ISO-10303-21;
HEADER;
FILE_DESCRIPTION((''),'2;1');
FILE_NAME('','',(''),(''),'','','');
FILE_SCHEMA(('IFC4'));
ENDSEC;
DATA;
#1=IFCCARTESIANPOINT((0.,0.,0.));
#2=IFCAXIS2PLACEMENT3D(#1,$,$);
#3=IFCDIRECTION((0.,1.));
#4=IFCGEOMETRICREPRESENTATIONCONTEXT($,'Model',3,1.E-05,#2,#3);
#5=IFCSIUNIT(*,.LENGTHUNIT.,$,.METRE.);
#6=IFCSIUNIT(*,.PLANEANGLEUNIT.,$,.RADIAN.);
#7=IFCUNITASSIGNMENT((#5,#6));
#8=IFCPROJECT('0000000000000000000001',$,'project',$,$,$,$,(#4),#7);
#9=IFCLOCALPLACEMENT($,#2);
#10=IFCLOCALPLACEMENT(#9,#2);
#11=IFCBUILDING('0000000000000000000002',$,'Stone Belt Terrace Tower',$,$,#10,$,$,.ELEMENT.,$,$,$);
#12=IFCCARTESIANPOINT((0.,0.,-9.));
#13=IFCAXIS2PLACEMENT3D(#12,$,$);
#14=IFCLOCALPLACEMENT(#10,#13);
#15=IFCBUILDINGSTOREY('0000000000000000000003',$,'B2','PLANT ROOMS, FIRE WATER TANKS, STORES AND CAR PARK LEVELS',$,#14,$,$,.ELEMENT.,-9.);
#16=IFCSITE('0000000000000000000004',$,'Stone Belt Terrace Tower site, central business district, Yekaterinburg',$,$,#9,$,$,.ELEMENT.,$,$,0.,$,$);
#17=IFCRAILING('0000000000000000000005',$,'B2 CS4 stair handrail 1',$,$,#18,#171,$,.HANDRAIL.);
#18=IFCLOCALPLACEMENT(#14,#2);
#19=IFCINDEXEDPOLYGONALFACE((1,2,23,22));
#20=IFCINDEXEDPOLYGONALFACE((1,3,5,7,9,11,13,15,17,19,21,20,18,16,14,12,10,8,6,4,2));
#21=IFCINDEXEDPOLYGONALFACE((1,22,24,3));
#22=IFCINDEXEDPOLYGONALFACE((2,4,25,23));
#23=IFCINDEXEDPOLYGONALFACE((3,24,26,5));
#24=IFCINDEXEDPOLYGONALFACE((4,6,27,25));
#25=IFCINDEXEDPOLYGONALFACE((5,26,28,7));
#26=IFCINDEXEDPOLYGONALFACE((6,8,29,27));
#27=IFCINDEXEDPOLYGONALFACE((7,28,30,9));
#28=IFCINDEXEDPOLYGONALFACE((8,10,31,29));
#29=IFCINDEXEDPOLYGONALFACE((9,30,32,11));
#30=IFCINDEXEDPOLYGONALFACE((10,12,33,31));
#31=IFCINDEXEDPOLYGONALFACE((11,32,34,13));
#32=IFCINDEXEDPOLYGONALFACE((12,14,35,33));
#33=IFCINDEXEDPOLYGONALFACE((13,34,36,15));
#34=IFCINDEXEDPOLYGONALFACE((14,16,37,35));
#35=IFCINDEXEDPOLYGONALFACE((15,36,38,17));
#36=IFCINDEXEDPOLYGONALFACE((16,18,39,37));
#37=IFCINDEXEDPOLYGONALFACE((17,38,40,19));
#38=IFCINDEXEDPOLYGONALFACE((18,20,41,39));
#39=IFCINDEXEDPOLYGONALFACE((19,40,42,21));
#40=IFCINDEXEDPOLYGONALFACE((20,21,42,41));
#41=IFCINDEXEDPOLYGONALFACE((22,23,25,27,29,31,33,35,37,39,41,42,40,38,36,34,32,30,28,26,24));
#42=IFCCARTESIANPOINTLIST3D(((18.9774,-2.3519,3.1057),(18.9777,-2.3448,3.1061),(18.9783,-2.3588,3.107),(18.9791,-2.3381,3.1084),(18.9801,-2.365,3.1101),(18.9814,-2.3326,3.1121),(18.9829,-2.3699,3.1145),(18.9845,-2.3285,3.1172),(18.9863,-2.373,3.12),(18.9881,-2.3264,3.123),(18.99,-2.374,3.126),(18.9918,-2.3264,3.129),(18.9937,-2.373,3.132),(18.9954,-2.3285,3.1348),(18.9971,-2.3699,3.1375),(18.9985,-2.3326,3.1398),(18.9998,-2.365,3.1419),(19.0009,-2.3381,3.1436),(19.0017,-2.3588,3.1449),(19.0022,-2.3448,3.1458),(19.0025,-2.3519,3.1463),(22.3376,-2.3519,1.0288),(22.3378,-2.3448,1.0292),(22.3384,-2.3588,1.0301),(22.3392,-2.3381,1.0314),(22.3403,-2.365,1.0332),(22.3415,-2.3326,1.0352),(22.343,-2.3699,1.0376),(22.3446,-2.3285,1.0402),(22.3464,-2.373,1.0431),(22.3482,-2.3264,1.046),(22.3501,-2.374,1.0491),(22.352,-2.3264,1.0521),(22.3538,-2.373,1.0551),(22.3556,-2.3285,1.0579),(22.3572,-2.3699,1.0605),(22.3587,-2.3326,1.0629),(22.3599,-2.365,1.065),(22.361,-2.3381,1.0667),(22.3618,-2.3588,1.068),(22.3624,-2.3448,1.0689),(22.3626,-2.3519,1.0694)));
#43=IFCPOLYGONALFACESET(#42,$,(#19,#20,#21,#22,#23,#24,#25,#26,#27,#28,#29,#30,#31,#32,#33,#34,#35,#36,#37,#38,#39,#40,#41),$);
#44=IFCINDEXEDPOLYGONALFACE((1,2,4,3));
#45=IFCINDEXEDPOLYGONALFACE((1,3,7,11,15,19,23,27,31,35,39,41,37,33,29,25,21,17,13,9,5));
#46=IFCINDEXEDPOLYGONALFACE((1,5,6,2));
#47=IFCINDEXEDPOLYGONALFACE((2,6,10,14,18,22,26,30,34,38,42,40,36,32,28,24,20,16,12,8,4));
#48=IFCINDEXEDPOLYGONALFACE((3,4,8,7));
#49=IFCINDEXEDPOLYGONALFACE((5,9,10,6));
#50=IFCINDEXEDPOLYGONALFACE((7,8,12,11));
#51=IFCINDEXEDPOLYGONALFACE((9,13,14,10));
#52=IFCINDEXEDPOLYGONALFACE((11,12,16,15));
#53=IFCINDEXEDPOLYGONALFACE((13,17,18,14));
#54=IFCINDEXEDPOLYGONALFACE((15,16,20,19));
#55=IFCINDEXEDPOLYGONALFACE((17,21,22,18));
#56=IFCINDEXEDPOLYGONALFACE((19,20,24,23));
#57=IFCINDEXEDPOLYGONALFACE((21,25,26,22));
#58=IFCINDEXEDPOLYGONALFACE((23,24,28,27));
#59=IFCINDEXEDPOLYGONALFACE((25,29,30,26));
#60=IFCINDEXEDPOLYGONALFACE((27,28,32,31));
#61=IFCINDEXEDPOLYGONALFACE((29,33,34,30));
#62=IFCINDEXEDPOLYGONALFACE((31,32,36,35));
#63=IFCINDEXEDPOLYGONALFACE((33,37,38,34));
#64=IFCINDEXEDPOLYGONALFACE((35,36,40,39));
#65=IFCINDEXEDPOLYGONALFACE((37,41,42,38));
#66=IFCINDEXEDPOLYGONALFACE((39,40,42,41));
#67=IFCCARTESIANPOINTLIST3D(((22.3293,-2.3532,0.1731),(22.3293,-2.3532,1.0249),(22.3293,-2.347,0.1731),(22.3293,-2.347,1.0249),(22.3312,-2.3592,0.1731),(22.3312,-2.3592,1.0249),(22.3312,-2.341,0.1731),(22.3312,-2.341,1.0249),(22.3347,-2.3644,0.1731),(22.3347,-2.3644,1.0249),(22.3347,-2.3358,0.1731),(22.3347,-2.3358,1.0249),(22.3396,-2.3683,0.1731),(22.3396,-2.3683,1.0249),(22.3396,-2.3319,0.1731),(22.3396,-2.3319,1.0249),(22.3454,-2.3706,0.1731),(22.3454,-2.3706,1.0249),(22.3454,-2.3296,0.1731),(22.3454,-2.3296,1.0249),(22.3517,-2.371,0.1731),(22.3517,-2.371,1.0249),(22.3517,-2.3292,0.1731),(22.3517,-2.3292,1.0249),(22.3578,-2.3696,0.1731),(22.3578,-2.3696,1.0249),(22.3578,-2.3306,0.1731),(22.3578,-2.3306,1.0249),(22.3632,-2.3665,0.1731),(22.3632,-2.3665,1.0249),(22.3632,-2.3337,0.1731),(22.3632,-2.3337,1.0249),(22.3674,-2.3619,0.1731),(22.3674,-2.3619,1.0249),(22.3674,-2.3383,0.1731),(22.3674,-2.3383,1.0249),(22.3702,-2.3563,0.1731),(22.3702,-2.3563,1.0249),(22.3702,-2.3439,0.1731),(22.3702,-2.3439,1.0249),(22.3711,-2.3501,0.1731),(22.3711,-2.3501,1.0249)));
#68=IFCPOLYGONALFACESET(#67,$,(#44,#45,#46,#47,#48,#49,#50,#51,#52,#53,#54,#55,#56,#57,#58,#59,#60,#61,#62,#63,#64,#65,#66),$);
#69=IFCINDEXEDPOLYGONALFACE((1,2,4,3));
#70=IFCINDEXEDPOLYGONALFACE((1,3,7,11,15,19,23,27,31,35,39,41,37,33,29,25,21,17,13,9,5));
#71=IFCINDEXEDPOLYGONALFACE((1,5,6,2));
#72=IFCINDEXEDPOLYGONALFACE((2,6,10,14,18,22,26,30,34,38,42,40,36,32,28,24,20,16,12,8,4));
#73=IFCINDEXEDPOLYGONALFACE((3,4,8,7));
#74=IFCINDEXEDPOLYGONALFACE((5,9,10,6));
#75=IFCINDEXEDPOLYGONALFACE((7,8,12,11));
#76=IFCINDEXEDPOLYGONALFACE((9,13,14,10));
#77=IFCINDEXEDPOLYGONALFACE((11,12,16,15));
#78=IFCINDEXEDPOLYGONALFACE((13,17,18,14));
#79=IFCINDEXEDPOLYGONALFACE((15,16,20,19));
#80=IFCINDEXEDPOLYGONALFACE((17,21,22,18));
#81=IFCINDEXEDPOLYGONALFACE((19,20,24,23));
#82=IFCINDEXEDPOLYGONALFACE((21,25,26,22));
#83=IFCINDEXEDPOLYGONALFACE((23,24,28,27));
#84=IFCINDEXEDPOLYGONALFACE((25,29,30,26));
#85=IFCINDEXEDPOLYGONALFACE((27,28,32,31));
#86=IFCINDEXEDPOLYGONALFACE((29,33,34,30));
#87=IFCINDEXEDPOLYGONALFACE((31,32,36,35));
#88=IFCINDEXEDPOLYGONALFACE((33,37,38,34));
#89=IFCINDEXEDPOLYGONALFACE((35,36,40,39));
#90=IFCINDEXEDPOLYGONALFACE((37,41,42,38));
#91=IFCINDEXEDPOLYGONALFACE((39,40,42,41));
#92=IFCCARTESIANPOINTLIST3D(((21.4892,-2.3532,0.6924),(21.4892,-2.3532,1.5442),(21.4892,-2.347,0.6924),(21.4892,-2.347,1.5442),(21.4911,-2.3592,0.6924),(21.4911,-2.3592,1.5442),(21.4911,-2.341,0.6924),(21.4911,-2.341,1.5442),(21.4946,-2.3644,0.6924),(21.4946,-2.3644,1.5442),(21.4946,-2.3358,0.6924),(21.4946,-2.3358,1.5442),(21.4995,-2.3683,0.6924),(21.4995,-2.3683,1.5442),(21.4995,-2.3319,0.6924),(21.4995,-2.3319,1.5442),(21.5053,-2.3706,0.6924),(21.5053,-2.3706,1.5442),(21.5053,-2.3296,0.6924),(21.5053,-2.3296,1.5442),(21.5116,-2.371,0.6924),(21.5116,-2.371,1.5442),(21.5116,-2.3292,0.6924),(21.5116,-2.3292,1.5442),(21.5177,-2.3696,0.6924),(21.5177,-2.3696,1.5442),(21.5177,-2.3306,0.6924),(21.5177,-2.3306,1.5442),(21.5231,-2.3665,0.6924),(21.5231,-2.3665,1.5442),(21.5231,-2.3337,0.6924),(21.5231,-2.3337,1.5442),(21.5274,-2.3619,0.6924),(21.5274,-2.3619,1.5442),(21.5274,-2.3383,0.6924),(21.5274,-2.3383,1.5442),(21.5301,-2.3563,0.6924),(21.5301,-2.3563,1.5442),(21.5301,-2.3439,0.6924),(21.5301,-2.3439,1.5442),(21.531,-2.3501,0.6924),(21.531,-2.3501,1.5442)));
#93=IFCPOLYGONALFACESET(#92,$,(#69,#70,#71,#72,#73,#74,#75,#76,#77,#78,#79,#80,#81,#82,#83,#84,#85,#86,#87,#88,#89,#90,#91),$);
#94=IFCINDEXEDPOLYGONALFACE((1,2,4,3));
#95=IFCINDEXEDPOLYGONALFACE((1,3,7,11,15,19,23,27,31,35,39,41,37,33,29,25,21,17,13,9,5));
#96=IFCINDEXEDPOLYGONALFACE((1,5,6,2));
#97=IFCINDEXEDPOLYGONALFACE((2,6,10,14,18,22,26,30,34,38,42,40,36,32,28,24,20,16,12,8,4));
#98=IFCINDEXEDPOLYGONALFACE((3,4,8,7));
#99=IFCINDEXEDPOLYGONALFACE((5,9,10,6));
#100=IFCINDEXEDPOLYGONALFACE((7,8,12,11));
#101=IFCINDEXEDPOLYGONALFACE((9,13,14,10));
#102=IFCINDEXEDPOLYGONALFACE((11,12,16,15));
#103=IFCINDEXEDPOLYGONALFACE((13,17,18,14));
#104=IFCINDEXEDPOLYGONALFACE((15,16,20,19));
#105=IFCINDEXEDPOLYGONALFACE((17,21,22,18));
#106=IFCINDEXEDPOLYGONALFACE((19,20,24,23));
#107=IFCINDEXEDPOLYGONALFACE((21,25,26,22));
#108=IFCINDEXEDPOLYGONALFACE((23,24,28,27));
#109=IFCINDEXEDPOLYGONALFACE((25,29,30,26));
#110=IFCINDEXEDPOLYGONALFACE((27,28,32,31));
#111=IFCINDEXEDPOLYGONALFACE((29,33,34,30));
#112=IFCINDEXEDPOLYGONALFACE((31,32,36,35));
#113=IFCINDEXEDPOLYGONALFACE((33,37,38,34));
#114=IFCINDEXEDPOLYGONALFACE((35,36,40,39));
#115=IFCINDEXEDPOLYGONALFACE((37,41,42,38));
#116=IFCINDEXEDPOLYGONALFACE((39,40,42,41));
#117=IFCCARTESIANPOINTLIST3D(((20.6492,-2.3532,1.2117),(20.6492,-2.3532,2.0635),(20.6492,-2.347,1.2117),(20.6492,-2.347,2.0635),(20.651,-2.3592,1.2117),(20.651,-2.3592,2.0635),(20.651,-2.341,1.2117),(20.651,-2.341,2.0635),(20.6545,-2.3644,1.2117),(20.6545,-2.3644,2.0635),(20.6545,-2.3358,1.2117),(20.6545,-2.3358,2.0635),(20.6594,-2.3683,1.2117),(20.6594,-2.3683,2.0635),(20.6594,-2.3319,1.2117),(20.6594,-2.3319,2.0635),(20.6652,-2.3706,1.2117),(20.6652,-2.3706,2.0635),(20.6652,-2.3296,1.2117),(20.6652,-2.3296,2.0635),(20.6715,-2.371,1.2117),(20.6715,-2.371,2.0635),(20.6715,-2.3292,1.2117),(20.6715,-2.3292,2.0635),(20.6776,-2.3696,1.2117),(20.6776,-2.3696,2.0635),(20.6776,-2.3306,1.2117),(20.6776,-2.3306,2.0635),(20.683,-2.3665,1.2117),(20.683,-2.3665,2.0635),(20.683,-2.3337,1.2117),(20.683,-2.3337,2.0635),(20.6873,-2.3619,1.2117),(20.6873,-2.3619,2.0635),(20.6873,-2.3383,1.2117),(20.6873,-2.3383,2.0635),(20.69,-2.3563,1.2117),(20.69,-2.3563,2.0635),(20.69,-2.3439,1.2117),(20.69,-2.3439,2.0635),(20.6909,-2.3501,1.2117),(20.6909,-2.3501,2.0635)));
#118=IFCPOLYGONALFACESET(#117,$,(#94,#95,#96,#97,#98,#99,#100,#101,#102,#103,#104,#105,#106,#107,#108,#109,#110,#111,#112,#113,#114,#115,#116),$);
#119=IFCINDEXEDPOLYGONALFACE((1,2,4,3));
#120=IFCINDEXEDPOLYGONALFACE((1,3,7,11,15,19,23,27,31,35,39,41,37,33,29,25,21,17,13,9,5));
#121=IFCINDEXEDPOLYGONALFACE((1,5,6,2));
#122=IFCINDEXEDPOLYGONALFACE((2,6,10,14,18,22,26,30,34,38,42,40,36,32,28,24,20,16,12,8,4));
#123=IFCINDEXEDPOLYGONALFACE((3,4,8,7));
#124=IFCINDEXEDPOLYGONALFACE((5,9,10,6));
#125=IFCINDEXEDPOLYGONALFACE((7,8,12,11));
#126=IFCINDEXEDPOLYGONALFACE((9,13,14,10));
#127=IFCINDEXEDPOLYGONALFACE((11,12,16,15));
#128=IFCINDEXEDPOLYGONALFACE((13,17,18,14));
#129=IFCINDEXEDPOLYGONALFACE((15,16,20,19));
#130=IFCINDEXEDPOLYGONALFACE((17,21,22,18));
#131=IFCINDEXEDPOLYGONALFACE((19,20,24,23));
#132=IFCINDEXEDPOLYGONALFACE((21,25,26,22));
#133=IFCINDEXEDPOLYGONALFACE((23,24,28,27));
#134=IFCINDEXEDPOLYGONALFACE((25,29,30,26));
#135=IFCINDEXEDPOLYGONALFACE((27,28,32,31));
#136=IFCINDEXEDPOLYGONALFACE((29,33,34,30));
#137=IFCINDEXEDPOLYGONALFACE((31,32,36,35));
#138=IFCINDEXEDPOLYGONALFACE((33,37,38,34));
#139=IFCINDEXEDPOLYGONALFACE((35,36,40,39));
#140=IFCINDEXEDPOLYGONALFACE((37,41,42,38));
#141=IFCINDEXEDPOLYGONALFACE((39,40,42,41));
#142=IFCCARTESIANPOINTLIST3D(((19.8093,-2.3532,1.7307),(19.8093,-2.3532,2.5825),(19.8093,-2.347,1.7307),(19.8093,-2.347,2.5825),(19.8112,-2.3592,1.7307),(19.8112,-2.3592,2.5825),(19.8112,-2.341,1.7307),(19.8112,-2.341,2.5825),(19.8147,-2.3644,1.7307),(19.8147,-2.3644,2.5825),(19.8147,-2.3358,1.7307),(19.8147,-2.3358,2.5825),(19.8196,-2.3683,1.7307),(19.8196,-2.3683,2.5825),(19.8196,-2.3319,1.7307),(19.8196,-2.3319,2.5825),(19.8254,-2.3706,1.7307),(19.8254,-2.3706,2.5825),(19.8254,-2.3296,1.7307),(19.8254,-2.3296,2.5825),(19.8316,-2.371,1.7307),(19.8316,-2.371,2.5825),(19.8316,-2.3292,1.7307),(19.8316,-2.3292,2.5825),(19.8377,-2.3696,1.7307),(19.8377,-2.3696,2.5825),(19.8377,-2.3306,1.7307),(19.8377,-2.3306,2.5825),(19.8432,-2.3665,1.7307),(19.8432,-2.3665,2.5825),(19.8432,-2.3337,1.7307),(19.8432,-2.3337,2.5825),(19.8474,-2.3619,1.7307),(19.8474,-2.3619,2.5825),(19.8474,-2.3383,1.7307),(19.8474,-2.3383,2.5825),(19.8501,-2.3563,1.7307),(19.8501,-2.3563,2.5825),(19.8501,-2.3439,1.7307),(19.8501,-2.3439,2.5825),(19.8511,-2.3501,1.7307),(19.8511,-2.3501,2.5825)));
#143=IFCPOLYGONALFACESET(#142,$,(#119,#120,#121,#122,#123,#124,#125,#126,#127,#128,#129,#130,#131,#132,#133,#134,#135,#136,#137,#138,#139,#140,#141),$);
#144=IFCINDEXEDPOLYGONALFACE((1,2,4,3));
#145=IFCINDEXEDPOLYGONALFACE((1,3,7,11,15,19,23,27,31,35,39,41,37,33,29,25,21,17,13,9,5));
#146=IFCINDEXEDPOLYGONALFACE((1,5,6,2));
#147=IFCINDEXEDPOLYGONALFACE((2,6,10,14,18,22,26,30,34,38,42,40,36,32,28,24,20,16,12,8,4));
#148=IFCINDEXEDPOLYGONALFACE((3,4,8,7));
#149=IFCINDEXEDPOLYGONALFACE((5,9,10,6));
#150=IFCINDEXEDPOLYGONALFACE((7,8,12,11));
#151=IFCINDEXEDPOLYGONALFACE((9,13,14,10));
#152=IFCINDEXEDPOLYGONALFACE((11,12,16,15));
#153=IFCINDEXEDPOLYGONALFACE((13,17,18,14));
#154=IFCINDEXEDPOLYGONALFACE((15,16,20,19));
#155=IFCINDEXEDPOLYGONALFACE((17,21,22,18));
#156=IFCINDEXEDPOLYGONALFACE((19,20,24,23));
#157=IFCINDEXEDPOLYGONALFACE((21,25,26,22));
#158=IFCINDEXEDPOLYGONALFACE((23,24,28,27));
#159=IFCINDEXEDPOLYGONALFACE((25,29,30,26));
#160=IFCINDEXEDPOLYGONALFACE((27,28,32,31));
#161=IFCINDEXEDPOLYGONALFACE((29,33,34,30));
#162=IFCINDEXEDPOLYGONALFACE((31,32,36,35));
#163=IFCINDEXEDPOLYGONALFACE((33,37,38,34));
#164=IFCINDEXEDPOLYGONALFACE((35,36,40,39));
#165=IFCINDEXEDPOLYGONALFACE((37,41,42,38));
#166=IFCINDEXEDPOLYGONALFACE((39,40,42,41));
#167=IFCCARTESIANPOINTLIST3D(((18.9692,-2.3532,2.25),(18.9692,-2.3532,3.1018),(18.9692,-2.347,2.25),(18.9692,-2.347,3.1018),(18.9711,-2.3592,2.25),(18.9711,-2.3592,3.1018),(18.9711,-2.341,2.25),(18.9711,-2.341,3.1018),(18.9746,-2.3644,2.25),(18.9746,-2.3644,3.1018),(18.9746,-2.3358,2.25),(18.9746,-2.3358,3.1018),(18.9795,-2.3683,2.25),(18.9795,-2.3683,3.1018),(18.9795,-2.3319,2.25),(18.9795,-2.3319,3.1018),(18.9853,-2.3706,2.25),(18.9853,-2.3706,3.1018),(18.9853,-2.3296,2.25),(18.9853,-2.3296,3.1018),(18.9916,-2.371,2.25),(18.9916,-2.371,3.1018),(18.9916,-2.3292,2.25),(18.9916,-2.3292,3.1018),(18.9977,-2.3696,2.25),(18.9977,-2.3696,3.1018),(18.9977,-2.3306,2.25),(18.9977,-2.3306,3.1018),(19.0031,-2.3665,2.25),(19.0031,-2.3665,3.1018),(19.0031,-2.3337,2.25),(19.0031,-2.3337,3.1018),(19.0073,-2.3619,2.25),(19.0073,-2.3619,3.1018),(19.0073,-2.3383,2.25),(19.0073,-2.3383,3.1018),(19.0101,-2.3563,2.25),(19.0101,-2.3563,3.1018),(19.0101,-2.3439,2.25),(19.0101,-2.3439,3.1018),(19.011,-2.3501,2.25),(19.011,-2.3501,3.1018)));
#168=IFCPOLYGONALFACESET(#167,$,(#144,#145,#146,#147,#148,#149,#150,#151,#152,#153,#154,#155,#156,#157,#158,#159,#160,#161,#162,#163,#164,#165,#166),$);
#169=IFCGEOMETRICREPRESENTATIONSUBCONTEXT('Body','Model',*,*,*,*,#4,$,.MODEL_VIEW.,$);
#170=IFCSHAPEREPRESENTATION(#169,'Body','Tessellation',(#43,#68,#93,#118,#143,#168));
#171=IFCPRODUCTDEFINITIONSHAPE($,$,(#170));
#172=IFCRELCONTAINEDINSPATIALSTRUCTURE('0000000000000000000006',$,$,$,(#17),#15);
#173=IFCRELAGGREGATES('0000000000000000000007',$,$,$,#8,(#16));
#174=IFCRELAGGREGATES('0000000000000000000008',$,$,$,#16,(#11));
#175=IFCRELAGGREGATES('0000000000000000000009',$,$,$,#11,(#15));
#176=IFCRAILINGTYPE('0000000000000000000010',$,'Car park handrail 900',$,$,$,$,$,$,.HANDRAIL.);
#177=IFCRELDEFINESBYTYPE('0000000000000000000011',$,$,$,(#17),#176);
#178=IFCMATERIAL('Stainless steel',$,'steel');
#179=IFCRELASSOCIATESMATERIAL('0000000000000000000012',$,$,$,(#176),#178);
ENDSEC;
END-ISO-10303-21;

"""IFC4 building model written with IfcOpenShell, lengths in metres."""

from ifc_helpers import new_model, si_unit, direction, frame, origin, origin_2d, place, context, subcontext, project, spatial, circle, extrude, material, type_object, element, save


model = new_model("IFC4")

# Units and contexts
model_context = context("Model", 3, precision=1e-05, world=origin(), true_north=direction((0.0, 1.0)))
body_context = subcontext(model_context, "Body", "Model", "MODEL_VIEW")
ifc_project = project(units=[si_unit("LENGTHUNIT", "METRE"), si_unit("PLANEANGLEUNIT", "RADIAN")], contexts=[model_context])

# Site, building, storey
site_placement = place(None, origin())
site = spatial("IfcSite", under=ifc_project, at=site_placement, Name="Stone Belt Terrace Tower site, central business district, Yekaterinburg", CompositionType="ELEMENT", RefElevation=0.0)
building_placement = place(site_placement, origin())
building = spatial("IfcBuilding", under=site, at=building_placement, Name="Stone Belt Terrace Tower", CompositionType="ELEMENT")
storey_placement = place(building_placement, frame((0.0, 0.0, -9.0)))
storey = spatial("IfcBuildingStorey", under=building, at=storey_placement, Name="B2", Description="PLANT ROOMS, FIRE WATER TANKS, STORES AND CAR PARK LEVELS", CompositionType="ELEMENT", Elevation=-9.0)

# Railing
ifc_material_1 = material(Name="Stainless steel", Category="steel")
railing_type_1 = type_object("IfcRailingType", Name="Car park handrail 900", PredefinedType="HANDRAIL", material=ifc_material_1)
railing_1_placement = place(storey_placement, frame((22.3501, -2.3501, 0.1731)))
element("IfcRailing", 1, at=railing_1_placement, inside=storey, type_object=railing_type_1, Name="B2 CS4 stair handrail 1", PredefinedType="HANDRAIL", context=body_context, shape_type="SweptSolid", body=[
    extrude(circle(Radius=0.0239, at=origin_2d()), frame((0.0, 0.0, 0.876), z_axis=(-0.850623, 0.0, 0.525776), x_axis=(0.0, -1.0, 0.0)), (0.0, 0.0, 1.0), 3.9502),
    extrude(circle(Radius=0.021, at=origin_2d()), origin(), (0.0, 0.0, 1.0), 0.8518),
    extrude(circle(Radius=0.021, at=origin_2d()), frame((-0.8401, 0.0, 0.5193)), (0.0, 0.0, 1.0), 0.8518),
    extrude(circle(Radius=0.021, at=origin_2d()), frame((-1.6802, 0.0, 1.0386)), (0.0, 0.0, 1.0), 0.8518),
    extrude(circle(Radius=0.021, at=origin_2d()), frame((-2.52, 0.0, 1.5576)), (0.0, 0.0, 1.0), 0.8518),
    extrude(circle(Radius=0.021, at=origin_2d()), frame((-3.3601, 0.0, 2.0769)), (0.0, 0.0, 1.0), 0.8518),
])

save(model, "model.ifc")
